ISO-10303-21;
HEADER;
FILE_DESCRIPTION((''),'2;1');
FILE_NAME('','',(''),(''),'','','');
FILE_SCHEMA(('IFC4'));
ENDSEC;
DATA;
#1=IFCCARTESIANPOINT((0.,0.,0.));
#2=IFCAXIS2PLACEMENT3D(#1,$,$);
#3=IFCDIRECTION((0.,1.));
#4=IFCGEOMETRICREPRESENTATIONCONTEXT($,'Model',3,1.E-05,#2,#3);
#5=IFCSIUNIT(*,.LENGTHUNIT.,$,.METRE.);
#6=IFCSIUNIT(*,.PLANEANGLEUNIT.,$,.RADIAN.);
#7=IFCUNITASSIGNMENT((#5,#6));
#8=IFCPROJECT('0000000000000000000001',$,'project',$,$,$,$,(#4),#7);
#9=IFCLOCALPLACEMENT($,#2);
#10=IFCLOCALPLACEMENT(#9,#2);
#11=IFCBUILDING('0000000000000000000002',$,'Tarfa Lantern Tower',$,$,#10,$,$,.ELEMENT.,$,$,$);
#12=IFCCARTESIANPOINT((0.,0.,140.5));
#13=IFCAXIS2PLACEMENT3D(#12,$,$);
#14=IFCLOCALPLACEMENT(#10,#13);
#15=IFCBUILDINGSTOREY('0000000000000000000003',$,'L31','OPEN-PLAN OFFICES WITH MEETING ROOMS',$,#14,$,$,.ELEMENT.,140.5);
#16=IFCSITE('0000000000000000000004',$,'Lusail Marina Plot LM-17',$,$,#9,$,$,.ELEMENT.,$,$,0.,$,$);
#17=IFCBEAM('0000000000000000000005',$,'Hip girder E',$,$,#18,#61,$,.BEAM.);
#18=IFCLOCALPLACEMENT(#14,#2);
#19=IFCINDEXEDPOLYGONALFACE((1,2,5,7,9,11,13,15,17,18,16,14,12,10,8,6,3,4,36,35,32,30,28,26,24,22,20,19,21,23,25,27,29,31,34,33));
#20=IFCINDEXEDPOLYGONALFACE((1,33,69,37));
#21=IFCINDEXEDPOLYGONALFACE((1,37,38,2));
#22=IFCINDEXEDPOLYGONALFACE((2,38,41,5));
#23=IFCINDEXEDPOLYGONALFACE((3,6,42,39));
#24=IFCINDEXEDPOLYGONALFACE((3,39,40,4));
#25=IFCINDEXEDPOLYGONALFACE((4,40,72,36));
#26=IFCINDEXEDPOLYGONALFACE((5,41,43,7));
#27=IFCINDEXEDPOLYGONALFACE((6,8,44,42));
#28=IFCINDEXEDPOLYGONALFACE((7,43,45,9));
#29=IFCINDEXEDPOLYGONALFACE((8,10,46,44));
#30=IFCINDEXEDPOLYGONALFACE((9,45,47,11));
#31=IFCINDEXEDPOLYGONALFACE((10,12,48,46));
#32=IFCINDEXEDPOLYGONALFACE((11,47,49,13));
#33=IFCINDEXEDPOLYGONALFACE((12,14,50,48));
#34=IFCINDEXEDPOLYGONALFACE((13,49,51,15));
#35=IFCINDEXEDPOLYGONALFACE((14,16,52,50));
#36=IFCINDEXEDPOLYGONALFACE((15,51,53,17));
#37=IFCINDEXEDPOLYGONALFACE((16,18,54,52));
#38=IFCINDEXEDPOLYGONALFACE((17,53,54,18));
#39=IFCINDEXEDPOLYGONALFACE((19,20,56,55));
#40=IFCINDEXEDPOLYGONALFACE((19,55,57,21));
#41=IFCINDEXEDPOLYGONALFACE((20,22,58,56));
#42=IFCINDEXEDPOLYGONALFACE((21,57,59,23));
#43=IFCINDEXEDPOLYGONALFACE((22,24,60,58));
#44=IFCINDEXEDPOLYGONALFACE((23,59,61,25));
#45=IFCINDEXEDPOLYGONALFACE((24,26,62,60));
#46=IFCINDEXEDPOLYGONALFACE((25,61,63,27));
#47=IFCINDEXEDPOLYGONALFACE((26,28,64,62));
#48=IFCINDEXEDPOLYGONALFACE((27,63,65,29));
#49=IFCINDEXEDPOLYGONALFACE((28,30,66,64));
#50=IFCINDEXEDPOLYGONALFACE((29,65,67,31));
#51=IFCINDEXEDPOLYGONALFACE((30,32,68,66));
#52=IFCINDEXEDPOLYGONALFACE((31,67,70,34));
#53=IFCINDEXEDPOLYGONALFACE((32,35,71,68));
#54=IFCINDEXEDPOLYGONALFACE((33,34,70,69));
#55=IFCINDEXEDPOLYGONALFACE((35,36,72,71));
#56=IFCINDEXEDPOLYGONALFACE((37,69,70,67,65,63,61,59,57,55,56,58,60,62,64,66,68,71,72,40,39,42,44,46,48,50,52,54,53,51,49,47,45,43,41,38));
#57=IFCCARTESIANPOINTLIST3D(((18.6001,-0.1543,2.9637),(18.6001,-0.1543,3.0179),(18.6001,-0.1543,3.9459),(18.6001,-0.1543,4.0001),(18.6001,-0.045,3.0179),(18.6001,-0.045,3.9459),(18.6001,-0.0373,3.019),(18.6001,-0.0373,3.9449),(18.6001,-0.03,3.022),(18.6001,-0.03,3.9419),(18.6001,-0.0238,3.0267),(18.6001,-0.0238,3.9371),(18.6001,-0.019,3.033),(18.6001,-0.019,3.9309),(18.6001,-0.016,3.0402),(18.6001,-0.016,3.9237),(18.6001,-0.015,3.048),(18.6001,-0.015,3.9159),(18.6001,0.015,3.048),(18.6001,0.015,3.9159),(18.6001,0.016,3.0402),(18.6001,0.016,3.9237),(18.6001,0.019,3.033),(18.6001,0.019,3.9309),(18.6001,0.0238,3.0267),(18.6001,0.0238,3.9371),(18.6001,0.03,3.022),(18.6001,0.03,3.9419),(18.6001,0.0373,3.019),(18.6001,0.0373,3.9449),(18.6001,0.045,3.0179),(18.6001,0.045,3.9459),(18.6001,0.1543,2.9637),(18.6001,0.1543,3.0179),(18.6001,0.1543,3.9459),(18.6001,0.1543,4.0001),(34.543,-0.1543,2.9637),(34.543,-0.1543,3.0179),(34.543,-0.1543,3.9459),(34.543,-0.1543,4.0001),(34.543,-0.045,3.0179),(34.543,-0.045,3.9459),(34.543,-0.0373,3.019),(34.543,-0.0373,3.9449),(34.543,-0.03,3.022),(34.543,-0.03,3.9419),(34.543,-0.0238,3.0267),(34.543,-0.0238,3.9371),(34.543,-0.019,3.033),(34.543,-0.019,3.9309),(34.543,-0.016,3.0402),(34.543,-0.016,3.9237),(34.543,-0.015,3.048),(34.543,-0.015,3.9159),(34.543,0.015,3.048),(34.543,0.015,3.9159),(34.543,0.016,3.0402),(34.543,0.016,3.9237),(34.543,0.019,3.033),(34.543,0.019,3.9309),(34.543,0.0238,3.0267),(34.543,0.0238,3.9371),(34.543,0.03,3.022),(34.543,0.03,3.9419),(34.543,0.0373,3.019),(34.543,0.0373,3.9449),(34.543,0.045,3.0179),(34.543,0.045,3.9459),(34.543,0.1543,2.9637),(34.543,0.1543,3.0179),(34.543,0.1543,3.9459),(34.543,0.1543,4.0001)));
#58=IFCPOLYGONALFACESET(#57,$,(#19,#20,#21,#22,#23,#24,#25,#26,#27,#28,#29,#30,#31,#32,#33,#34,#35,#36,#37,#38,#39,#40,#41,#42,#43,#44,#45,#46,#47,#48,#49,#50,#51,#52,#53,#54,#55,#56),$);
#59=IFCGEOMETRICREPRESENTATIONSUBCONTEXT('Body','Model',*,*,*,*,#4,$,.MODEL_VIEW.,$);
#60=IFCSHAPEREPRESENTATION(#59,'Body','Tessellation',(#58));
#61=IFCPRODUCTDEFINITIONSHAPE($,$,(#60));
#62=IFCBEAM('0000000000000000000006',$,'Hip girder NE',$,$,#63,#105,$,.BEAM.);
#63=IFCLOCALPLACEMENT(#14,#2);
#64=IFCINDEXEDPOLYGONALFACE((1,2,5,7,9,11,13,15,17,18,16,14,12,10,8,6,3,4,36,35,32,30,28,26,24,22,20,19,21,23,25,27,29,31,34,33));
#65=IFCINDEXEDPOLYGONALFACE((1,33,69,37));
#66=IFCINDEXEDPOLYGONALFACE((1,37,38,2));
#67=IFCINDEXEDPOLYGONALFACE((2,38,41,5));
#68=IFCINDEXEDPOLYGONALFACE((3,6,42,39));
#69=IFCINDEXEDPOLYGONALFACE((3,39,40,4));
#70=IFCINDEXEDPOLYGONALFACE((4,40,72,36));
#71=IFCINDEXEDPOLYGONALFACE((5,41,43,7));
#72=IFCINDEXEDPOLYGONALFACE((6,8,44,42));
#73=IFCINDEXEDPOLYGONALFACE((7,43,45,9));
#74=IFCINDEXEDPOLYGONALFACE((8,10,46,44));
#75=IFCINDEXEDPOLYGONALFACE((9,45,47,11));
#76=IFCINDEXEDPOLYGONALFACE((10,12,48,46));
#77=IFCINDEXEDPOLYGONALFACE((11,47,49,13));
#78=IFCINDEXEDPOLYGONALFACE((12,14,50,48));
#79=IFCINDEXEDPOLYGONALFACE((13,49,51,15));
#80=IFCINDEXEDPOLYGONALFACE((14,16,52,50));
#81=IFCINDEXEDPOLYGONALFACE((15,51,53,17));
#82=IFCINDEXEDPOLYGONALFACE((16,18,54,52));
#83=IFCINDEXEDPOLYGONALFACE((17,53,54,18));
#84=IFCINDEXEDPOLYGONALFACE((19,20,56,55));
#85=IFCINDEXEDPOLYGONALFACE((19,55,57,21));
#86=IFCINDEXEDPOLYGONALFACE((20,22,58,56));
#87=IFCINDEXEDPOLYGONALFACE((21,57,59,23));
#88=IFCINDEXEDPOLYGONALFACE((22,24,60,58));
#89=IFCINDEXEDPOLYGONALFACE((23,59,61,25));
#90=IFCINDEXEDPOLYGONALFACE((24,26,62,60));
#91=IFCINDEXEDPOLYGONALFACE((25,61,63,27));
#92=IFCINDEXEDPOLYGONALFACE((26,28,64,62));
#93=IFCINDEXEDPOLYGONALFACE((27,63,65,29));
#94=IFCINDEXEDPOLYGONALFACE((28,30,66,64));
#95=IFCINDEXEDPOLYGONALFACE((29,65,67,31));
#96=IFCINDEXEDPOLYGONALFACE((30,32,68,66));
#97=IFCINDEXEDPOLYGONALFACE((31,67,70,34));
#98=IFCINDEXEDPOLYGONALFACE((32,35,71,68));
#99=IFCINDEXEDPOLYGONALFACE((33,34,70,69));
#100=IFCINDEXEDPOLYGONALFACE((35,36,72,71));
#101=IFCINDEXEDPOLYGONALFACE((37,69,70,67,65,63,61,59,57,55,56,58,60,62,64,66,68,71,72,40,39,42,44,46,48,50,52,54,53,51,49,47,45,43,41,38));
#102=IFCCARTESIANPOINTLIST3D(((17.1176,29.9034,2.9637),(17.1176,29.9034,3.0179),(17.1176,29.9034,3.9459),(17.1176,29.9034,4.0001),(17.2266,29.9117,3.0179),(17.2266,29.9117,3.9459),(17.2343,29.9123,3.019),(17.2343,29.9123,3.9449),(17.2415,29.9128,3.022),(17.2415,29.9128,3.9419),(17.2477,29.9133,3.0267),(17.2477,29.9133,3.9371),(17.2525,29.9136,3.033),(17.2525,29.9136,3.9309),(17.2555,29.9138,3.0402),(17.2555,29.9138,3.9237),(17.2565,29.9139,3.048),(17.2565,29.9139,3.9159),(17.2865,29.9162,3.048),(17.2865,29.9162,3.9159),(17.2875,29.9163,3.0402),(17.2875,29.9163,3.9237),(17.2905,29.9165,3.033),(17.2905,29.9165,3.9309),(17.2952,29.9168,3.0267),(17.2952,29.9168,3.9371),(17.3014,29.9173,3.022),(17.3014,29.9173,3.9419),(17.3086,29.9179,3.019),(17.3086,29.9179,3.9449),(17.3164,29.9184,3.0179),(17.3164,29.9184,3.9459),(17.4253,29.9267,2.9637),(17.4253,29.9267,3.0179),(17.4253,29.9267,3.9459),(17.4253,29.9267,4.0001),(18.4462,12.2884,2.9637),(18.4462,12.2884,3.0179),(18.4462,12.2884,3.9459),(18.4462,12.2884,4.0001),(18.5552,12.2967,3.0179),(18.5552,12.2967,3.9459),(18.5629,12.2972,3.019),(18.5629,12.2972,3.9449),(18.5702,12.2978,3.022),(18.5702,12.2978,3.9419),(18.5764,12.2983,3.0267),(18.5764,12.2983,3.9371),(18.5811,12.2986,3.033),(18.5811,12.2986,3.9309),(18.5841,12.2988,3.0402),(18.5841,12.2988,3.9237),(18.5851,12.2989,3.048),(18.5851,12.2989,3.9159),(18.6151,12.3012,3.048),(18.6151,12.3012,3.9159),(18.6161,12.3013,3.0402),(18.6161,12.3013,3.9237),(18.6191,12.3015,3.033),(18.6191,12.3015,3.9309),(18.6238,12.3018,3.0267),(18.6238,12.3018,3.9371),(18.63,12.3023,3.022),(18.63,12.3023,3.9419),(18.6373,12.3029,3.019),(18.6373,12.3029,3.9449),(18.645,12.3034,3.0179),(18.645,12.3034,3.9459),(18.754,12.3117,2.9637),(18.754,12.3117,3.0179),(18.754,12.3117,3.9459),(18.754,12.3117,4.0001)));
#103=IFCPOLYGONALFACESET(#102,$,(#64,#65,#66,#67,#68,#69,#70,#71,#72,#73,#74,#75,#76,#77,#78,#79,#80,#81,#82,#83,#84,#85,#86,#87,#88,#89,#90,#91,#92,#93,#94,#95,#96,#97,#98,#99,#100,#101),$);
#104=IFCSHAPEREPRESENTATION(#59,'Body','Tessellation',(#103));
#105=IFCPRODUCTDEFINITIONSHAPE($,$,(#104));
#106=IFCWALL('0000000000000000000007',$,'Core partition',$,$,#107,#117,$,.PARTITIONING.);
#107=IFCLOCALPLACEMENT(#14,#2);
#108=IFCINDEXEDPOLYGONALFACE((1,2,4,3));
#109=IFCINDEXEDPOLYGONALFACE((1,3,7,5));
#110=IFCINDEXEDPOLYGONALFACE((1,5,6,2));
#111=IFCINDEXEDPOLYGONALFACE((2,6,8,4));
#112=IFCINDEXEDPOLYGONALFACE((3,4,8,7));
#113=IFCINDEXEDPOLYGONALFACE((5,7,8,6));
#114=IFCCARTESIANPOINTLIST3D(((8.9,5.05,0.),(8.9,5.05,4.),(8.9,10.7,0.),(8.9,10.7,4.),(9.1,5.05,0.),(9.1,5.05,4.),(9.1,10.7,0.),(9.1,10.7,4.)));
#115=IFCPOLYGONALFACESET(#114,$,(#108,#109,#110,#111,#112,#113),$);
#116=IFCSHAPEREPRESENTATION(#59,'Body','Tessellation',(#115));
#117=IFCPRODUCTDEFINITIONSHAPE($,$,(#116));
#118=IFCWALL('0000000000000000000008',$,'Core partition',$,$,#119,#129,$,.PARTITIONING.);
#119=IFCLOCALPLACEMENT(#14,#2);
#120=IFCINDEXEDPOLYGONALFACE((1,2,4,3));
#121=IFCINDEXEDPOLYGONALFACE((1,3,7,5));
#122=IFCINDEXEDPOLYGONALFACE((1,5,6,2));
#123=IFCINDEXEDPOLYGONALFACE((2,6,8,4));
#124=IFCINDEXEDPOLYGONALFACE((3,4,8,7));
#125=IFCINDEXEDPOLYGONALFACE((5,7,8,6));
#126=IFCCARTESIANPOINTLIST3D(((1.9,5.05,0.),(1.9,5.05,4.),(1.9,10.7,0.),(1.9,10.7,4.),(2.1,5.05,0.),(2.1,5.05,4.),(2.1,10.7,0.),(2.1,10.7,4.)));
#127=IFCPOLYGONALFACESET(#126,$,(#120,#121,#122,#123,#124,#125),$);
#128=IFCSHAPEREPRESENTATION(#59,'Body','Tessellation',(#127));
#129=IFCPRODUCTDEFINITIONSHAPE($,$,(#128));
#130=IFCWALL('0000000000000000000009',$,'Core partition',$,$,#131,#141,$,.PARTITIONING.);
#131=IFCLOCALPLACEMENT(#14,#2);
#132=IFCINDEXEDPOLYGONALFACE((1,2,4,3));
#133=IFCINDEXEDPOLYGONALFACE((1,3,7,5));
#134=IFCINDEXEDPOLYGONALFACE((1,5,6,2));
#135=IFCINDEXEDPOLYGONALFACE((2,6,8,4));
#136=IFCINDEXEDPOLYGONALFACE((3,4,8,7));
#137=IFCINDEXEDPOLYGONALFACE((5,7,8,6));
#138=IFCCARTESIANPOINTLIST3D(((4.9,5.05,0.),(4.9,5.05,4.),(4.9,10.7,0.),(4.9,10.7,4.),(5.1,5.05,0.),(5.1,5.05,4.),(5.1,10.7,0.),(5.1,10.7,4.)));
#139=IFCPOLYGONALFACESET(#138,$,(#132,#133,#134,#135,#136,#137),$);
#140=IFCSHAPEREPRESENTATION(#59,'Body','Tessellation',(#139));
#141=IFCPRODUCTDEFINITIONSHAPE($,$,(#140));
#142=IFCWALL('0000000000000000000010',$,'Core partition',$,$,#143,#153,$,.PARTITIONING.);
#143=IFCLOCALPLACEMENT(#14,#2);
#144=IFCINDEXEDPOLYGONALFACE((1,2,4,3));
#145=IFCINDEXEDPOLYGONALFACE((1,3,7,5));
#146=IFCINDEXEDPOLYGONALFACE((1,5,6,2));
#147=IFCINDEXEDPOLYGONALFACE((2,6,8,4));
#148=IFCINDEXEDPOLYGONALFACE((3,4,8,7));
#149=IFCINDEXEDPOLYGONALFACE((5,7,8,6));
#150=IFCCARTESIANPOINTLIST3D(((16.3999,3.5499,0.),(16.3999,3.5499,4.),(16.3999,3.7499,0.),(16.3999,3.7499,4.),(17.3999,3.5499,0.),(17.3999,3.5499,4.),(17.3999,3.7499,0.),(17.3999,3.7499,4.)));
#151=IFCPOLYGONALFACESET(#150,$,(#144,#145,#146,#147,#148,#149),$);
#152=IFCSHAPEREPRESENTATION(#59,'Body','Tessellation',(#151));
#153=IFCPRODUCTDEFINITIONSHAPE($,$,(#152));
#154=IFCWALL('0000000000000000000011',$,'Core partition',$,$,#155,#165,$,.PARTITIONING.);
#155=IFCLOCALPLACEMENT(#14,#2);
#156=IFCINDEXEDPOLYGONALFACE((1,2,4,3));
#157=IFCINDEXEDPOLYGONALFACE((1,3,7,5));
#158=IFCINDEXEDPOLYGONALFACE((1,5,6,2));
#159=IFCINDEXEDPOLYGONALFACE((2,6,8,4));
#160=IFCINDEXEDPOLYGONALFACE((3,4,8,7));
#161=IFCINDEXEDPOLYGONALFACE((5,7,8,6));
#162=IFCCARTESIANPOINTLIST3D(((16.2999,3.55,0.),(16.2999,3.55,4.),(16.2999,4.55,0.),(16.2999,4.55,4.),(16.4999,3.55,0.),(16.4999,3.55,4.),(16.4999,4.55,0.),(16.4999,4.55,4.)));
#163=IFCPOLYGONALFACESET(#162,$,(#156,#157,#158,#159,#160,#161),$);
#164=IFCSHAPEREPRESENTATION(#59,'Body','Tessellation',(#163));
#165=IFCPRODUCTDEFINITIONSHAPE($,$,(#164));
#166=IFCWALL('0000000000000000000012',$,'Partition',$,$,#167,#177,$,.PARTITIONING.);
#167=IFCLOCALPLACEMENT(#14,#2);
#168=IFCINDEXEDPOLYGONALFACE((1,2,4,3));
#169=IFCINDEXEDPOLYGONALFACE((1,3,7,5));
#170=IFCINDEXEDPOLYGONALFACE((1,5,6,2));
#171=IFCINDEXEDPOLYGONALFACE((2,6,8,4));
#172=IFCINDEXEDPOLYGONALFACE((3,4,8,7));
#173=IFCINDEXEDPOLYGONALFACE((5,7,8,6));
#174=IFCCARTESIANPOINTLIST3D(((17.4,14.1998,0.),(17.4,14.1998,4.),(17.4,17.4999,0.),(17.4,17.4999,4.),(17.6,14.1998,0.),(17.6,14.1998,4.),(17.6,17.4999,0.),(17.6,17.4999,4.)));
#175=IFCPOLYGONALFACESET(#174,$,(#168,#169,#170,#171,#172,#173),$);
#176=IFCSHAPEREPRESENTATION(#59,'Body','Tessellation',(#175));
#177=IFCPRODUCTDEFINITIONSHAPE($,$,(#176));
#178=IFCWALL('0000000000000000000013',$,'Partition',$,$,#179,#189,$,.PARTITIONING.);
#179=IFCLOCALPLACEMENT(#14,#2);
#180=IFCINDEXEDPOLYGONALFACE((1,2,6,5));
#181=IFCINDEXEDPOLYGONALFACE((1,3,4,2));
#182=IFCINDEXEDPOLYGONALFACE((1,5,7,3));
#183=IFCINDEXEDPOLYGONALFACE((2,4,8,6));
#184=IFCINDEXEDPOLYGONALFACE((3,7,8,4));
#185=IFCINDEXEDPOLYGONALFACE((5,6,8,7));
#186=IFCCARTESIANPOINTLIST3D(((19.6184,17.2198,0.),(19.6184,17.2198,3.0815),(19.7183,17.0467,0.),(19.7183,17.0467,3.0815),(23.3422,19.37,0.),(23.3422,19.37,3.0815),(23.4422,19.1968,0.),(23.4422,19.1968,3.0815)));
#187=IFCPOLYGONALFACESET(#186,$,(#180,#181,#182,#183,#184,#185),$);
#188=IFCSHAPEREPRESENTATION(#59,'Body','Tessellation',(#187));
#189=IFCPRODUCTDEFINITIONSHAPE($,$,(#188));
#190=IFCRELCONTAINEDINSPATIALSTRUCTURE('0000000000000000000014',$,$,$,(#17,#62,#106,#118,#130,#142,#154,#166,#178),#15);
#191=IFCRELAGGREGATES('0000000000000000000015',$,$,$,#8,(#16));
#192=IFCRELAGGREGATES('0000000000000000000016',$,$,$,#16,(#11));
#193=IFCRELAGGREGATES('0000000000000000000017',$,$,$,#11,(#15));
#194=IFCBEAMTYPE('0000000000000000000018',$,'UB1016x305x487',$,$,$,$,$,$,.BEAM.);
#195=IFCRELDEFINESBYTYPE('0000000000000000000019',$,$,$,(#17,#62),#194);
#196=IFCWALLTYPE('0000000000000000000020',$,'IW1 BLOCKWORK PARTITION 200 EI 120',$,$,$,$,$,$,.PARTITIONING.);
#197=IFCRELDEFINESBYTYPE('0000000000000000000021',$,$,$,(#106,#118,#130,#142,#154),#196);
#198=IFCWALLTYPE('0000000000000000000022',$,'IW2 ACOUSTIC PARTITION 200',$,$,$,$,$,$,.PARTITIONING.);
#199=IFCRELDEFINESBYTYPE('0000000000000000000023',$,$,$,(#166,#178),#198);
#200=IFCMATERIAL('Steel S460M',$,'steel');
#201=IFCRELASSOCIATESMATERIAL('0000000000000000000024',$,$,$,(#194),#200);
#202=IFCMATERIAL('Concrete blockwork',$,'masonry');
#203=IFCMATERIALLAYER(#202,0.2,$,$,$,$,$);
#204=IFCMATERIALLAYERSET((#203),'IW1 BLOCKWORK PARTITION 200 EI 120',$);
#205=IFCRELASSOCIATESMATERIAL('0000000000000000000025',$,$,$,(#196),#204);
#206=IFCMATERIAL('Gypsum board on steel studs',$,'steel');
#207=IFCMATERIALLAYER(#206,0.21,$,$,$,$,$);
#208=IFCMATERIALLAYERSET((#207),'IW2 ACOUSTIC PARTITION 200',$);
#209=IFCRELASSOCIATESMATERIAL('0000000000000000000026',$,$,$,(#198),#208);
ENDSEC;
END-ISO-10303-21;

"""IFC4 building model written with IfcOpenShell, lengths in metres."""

from ifc_helpers import new_model, si_unit, direction, frame, frame_2d, origin, origin_2d, place, context, subcontext, project, spatial, rectangle, i_section, extrude, material, layer, layer_set, material_profile, profile_set, type_object, element, save


model = new_model("IFC4")

# Units and contexts
model_context = context("Model", 3, precision=1e-05, world=origin(), true_north=direction((0.0, 1.0)))
body_context = subcontext(model_context, "Body", "Model", "MODEL_VIEW")
ifc_project = project(units=[si_unit("LENGTHUNIT", "METRE"), si_unit("PLANEANGLEUNIT", "RADIAN")], contexts=[model_context])

# Site, building, storey
site_placement = place(None, origin())
site = spatial("IfcSite", under=ifc_project, at=site_placement, Name="Lusail Marina Plot LM-17", CompositionType="ELEMENT", RefElevation=0.0)
building_placement = place(site_placement, origin())
building = spatial("IfcBuilding", under=site, at=building_placement, Name="Tarfa Lantern Tower", CompositionType="ELEMENT")
storey_placement = place(building_placement, frame((0.0, 0.0, 140.5)))
storey = spatial("IfcBuildingStorey", under=building, at=storey_placement, Name="L31", Description="OPEN-PLAN OFFICES WITH MEETING ROOMS", CompositionType="ELEMENT", Elevation=140.5)

# Beams
ifc_material_1 = material(Name="Steel S460M", Category="steel")
ifc_material_profile = material_profile(ifc_material_1, i_section(OverallWidth=0.3086, OverallDepth=1.0364, WebThickness=0.03, FlangeThickness=0.0542, FilletRadius=0.03, at=origin_2d()), Name="UB1016x305x487")
ifc_profile_set = profile_set([ifc_material_profile], Name="Steel S460M")
beam_type = type_object("IfcBeamType", Name="UB1016x305x487", PredefinedType="BEAM", material=ifc_profile_set)
beam_1_placement = place(storey_placement, frame((18.6001, 0.0, 3.4819), z_axis=(1.0, 0.0, 0.0), x_axis=(0.0, 1.0, 0.0)))
element("IfcBeam", 1, at=beam_1_placement, inside=storey, type_object=beam_type, Name="Hip girder E", PredefinedType="BEAM", context=body_context, shape_type="SweptSolid", body=[
    extrude(i_section(OverallWidth=0.3086, OverallDepth=1.0364, WebThickness=0.03, FlangeThickness=0.0542, FilletRadius=0.03, at=origin_2d()), origin(), (0.0, 0.0, 1.0), 15.9429),
])
beam_2_placement = place(storey_placement, frame((18.6001, 12.3, 3.4819), z_axis=(-0.075212, 0.997168, 0.0), x_axis=(-0.997168, -0.075212, 0.0)))
element("IfcBeam", 2, at=beam_2_placement, inside=storey, type_object=beam_type, Name="Hip girder NE", PredefinedType="BEAM", context=body_context, shape_type="SweptSolid", body=[
    extrude(i_section(OverallWidth=0.3086, OverallDepth=1.0364, WebThickness=0.03, FlangeThickness=0.0542, FilletRadius=0.03, at=origin_2d()), origin(), (0.0, 0.0, 1.0), 17.665),
])

# Walls
ifc_material_2 = material(Name="Concrete blockwork", Category="masonry")
ifc_layer_1 = layer(ifc_material_2, 0.2)
ifc_layer_set_1 = layer_set([ifc_layer_1], Name="IW1 BLOCKWORK PARTITION 200 EI 120")
wall_type_1 = type_object("IfcWallType", Name="IW1 BLOCKWORK PARTITION 200 EI 120", PredefinedType="PARTITIONING", material=ifc_layer_set_1)
for number, where, z_axis, x_axis, name in (
    (3, (9.0, 5.05, 0.0), (0.0, 0.0, 1.0), (0.0, 1.0, 0.0), "Core partition"),
    (4, (2.0, 5.05, 0.0), (0.0, 0.0, 1.0), (0.0, 1.0, 0.0), "Core partition"),
    (5, (5.0, 5.05, 0.0), (0.0, 0.0, 1.0), (0.0, 1.0, 0.0), "Core partition"),
):
    element("IfcWall", number, at=place(storey_placement, frame(where, z_axis=z_axis, x_axis=x_axis)), inside=storey, type_object=wall_type_1, Name=name, PredefinedType="PARTITIONING", context=body_context, shape_type="SweptSolid", body=[
        extrude(rectangle(XDim=5.6499, YDim=0.2, at=frame_2d((2.825, 0.0))), origin(), (0.0, 0.0, 1.0), 4.0),
    ])
for number, where, z_axis, x_axis, name in (
    (6, (16.3999, 3.6499, 0.0), (0.0, 0.0, 1.0), (1.0, 0.0, 0.0), "Core partition"),
    (7, (16.3999, 3.55, 0.0), (0.0, 0.0, 1.0), (0.0, 1.0, 0.0), "Core partition"),
):
    element("IfcWall", number, at=place(storey_placement, frame(where, z_axis=z_axis, x_axis=x_axis)), inside=storey, type_object=wall_type_1, Name=name, PredefinedType="PARTITIONING", context=body_context, shape_type="SweptSolid", body=[
        extrude(rectangle(XDim=1.0, YDim=0.2, at=frame_2d((0.5, 0.0))), origin(), (0.0, 0.0, 1.0), 4.0),
    ])
ifc_material_3 = material(Name="Gypsum board on steel studs", Category="steel")
ifc_layer_2 = layer(ifc_material_3, 0.21)
ifc_layer_set_2 = layer_set([ifc_layer_2], Name="IW2 ACOUSTIC PARTITION 200")
wall_type_2 = type_object("IfcWallType", Name="IW2 ACOUSTIC PARTITION 200", PredefinedType="PARTITIONING", material=ifc_layer_set_2)
wall_1_placement = place(storey_placement, frame((17.5, 14.2, 0.0), z_axis=(0.0, 0.0, 1.0), x_axis=(0.0, 1.0, 0.0)))
element("IfcWall", 8, at=wall_1_placement, inside=storey, type_object=wall_type_2, Name="Partition", PredefinedType="PARTITIONING", context=body_context, shape_type="SweptSolid", body=[
    extrude(rectangle(XDim=3.3, YDim=0.2, at=frame_2d((1.6499, 0.0))), origin(), (0.0, 0.0, 1.0), 4.0),
])
wall_2_placement = place(storey_placement, frame((19.6685, 17.1333, 0.0), z_axis=(0.0, 0.0, 1.0), x_axis=(0.866009, 0.500029, 0.0)))
element("IfcWall", 9, at=wall_2_placement, inside=storey, type_object=wall_type_2, Name="Partition", PredefinedType="PARTITIONING", context=body_context, shape_type="SweptSolid", body=[
    extrude(rectangle(XDim=4.3, YDim=0.2, at=frame_2d((2.1499, 0.0))), origin(), (0.0, 0.0, 1.0), 3.0815),
])

save(model, "model.ifc")
